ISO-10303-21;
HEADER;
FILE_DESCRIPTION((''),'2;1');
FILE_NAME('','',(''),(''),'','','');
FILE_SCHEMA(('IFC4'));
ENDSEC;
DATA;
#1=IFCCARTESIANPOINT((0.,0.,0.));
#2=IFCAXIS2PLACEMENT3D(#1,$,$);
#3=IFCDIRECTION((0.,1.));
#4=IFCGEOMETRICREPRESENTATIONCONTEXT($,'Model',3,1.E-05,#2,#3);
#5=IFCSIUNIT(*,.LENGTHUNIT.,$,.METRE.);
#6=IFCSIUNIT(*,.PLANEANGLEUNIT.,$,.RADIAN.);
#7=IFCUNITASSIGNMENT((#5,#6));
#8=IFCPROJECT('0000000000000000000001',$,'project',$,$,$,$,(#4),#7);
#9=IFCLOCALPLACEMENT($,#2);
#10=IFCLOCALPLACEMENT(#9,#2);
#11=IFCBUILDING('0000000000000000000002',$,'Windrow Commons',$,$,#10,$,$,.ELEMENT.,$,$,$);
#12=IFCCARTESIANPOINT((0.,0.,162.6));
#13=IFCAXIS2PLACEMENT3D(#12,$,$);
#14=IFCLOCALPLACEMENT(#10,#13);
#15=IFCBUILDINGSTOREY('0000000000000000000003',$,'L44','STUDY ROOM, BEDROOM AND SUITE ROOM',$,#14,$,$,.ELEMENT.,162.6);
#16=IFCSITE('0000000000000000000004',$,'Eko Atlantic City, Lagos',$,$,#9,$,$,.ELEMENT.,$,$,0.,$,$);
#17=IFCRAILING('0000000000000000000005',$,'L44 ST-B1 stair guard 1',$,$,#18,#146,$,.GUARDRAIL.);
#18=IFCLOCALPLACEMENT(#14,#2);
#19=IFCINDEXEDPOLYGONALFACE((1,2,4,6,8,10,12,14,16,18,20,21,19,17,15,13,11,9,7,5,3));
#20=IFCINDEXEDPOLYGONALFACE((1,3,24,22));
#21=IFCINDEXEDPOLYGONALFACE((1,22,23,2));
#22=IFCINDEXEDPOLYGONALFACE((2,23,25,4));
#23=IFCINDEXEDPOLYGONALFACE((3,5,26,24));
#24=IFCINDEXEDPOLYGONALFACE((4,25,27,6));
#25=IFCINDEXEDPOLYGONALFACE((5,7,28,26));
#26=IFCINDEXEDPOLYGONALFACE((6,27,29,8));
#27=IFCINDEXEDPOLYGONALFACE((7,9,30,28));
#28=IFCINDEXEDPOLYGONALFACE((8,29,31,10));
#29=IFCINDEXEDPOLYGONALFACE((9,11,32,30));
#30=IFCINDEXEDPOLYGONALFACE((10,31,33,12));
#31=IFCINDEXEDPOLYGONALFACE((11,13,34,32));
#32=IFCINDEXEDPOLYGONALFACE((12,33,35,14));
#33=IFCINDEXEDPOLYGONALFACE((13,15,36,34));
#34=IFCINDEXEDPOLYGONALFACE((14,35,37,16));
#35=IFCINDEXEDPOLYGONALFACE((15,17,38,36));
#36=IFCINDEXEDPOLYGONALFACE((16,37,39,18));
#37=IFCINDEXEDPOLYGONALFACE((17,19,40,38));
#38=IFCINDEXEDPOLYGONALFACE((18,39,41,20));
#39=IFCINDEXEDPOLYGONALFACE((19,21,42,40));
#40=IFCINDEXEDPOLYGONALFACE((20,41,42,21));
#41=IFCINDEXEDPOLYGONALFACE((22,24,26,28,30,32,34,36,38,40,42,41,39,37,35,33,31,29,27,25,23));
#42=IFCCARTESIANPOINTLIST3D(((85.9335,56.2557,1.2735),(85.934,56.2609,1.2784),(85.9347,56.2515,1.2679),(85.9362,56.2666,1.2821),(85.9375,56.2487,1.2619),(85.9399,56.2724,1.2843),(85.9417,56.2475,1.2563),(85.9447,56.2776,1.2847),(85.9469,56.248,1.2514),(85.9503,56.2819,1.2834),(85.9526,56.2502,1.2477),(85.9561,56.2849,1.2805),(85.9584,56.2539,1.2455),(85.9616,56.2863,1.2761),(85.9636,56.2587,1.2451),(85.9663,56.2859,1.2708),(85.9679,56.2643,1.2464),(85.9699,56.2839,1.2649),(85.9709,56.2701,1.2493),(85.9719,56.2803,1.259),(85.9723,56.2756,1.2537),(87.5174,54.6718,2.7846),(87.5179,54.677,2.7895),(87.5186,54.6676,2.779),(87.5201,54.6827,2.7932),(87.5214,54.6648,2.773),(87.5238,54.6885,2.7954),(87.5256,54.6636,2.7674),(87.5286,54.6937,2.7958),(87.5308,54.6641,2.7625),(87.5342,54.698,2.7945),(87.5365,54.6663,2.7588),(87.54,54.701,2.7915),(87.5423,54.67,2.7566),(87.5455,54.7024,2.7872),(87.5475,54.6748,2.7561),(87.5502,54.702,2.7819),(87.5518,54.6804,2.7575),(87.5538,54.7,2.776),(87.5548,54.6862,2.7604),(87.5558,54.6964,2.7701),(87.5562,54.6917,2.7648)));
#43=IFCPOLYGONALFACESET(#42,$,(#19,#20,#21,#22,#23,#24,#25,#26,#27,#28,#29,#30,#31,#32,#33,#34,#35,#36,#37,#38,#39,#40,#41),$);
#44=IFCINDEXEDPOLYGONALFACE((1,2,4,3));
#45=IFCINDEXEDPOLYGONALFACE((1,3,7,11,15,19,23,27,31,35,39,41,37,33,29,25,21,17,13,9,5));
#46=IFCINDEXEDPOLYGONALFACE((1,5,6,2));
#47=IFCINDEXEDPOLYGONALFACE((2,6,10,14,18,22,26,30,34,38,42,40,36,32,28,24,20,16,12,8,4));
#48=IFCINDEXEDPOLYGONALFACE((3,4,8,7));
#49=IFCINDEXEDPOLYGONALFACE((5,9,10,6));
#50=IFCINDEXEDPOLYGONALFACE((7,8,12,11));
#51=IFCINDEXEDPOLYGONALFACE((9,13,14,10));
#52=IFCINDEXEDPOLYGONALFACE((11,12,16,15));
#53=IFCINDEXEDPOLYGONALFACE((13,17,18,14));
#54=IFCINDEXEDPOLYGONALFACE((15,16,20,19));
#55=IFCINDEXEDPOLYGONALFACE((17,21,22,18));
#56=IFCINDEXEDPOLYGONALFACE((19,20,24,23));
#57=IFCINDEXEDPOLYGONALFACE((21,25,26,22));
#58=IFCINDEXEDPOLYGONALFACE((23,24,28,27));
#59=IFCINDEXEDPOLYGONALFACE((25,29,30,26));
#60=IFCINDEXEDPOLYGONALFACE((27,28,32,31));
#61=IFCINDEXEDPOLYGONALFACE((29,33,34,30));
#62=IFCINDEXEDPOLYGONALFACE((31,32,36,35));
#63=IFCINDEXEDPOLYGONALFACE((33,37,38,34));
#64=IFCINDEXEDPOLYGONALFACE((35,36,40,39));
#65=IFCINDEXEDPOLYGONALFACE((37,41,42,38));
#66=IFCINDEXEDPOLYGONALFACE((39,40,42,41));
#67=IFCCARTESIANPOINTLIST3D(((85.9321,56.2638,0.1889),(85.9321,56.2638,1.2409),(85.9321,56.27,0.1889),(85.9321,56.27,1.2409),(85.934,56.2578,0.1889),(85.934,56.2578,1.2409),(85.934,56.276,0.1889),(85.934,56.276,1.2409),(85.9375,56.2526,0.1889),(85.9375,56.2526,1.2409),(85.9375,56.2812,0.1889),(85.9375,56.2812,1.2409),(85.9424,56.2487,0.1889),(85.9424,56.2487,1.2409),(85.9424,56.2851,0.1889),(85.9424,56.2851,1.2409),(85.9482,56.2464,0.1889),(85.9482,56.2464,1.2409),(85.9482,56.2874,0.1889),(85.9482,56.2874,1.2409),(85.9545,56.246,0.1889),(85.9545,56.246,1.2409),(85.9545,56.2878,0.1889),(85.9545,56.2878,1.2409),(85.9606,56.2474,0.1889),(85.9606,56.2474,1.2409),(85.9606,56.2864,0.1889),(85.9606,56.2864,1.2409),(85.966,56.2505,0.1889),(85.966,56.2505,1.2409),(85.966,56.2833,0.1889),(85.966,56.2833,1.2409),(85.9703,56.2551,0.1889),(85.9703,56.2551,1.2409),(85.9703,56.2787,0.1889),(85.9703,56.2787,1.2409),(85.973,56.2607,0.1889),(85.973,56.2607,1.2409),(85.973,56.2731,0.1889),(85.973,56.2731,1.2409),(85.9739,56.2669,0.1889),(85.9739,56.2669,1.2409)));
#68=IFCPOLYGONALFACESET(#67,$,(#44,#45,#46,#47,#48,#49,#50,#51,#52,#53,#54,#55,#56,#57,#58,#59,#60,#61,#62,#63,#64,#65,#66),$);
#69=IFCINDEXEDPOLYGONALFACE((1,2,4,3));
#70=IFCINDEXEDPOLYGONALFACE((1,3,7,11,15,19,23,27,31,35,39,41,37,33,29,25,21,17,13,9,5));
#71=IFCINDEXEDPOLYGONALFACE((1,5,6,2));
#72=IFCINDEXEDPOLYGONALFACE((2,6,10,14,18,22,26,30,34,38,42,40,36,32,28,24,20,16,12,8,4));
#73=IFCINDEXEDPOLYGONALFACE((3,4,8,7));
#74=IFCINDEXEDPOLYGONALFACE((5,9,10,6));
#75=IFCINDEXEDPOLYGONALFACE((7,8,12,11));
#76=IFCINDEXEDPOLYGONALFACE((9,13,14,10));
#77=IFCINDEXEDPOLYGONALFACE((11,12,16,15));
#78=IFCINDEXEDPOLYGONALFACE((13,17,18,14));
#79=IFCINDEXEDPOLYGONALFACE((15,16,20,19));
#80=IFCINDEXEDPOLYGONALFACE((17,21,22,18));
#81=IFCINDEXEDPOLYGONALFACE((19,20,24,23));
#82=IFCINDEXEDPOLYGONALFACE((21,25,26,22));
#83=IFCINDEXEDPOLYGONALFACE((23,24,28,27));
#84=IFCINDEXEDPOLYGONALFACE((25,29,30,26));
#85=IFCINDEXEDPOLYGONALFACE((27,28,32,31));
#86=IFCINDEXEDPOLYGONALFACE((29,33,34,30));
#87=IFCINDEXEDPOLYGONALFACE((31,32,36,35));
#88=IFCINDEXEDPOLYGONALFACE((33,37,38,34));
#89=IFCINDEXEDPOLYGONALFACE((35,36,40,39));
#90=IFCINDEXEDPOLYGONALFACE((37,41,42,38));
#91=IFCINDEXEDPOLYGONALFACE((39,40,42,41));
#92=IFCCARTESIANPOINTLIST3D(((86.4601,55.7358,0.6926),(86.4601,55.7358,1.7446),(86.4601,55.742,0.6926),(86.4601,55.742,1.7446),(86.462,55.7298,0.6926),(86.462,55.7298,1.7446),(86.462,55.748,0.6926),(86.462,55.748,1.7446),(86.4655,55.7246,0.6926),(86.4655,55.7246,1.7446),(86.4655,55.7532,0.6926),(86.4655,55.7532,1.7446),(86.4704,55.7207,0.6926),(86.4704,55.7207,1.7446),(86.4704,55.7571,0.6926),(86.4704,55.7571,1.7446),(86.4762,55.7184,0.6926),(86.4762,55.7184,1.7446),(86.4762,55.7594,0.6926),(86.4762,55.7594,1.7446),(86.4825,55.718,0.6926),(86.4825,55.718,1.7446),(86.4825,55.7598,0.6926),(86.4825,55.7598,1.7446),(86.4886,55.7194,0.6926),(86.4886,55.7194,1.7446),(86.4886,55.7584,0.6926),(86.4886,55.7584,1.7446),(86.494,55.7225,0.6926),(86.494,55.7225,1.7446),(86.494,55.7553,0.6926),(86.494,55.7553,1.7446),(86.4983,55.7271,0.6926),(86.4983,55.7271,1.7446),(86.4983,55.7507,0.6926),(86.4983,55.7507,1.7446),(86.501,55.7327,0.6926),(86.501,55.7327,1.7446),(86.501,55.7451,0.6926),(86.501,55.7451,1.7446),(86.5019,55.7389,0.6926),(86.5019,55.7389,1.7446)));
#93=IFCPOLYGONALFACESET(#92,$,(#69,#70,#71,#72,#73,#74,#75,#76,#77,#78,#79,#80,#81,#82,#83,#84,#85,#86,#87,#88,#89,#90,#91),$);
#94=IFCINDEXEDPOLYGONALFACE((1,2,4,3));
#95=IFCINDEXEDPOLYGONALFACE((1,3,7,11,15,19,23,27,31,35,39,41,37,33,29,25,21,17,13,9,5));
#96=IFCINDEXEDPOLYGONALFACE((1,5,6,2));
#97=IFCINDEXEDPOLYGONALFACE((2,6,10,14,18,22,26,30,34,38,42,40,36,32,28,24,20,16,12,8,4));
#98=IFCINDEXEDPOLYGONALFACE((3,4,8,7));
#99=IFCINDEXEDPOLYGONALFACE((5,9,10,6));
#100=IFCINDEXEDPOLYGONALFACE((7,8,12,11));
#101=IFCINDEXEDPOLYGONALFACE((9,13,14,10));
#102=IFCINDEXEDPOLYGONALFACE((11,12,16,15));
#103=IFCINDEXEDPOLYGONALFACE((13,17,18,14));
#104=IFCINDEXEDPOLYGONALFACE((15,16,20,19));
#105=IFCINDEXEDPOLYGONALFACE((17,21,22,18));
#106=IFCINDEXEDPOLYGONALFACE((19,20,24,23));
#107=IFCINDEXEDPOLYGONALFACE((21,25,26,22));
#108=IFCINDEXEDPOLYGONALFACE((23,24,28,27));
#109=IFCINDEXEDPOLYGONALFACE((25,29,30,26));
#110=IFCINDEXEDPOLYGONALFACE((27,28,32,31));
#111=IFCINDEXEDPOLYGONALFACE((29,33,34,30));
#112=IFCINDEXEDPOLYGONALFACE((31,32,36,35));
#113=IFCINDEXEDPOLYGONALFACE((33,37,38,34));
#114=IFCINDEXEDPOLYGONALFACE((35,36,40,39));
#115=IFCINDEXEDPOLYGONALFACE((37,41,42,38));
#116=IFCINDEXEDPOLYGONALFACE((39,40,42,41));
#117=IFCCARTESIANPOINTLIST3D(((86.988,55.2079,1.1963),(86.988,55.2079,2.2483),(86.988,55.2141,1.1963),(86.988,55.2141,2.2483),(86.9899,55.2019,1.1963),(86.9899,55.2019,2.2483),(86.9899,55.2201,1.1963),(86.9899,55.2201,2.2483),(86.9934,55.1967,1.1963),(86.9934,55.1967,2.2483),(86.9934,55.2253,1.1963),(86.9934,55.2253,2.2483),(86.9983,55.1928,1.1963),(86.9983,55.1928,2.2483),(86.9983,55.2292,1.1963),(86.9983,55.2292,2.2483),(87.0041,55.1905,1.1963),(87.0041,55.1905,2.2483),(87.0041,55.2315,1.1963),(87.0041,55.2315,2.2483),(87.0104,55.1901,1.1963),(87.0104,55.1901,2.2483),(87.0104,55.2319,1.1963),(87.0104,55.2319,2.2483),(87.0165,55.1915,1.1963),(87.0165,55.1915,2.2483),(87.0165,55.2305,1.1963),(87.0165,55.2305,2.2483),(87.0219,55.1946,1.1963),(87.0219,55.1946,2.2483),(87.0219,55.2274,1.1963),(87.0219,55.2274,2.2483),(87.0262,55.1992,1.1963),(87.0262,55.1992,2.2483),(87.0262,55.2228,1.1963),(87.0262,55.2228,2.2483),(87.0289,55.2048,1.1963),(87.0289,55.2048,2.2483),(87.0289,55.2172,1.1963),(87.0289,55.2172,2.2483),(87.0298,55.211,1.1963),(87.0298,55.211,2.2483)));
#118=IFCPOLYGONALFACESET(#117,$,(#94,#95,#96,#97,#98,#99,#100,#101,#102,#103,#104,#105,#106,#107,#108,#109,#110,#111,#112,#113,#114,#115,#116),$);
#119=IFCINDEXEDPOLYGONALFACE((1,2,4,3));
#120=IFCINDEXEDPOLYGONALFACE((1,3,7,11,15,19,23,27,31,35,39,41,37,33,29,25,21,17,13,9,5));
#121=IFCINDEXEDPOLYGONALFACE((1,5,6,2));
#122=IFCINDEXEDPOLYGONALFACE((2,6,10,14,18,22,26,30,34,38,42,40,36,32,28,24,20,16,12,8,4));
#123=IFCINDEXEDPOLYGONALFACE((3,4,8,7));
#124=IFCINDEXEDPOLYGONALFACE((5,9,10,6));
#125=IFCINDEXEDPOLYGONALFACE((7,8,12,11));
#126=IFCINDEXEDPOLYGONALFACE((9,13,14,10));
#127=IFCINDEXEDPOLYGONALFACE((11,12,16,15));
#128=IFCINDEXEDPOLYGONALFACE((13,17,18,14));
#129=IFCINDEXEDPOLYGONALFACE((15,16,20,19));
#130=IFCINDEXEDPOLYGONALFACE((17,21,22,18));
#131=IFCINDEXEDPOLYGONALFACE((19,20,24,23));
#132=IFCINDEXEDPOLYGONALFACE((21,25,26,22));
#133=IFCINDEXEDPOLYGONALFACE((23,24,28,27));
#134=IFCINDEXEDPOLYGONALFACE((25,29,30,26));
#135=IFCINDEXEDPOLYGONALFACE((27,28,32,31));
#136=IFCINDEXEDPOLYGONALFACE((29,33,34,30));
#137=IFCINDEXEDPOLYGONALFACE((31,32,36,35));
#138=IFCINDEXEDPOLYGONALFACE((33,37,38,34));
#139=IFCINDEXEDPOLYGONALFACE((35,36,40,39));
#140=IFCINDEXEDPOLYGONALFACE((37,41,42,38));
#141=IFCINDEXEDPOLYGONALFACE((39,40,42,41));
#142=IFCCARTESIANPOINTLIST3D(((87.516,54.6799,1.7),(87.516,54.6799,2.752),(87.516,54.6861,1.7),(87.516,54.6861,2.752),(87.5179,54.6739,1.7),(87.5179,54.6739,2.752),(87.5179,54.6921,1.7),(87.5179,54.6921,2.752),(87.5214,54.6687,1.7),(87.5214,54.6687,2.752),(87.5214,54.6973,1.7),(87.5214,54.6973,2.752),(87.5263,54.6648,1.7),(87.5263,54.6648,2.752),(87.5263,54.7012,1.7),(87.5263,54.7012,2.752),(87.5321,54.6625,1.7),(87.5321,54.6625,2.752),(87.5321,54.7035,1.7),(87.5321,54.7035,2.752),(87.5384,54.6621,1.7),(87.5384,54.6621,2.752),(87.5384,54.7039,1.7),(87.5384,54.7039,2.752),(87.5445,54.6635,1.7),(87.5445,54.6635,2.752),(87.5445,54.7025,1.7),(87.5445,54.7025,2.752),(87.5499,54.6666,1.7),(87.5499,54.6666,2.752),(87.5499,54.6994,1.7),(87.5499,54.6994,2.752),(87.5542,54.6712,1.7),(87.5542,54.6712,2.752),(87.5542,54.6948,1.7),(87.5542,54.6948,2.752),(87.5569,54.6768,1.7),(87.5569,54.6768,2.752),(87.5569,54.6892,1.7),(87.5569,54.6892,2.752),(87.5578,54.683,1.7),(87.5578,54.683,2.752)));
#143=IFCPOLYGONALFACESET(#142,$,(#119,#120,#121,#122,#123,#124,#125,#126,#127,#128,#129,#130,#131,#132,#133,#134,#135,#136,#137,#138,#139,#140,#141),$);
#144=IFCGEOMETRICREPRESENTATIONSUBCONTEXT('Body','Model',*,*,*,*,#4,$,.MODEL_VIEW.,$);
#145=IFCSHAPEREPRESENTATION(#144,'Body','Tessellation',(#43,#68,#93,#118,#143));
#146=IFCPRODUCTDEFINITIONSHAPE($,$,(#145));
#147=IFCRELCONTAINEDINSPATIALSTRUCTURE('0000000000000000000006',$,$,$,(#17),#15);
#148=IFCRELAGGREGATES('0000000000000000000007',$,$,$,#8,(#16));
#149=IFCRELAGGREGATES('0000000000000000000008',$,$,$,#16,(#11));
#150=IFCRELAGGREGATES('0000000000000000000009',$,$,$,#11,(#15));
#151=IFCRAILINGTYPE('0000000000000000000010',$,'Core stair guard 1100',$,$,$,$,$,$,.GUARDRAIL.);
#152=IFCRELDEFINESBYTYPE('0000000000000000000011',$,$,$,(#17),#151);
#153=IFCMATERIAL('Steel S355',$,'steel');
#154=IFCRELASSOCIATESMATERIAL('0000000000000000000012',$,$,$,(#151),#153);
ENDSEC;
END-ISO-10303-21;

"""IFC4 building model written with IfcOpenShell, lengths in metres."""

from ifc_helpers import new_model, si_unit, direction, frame, origin, origin_2d, place, context, subcontext, project, spatial, circle, extrude, material, type_object, element, save


model = new_model("IFC4")

# Units and contexts
model_context = context("Model", 3, precision=1e-05, world=origin(), true_north=direction((0.0, 1.0)))
body_context = subcontext(model_context, "Body", "Model", "MODEL_VIEW")
ifc_project = project(units=[si_unit("LENGTHUNIT", "METRE"), si_unit("PLANEANGLEUNIT", "RADIAN")], contexts=[model_context])

# Site, building, storey
site_placement = place(None, origin())
site = spatial("IfcSite", under=ifc_project, at=site_placement, Name="Eko Atlantic City, Lagos", CompositionType="ELEMENT", RefElevation=0.0)
building_placement = place(site_placement, origin())
building = spatial("IfcBuilding", under=site, at=building_placement, Name="Windrow Commons", CompositionType="ELEMENT")
storey_placement = place(building_placement, frame((0.0, 0.0, 162.6)))
storey = spatial("IfcBuildingStorey", under=building, at=storey_placement, Name="L44", Description="STUDY ROOM, BEDROOM AND SUITE ROOM", CompositionType="ELEMENT", Elevation=162.6)

# Railing
ifc_material_1 = material(Name="Steel S355", Category="steel")
railing_type_1 = type_object("IfcRailingType", Name="Core stair guard 1100", PredefinedType="GUARDRAIL", material=ifc_material_1)
railing_1_placement = place(storey_placement, frame((85.9529, 56.2669, 0.1889)))
element("IfcRailing", 1, at=railing_1_placement, inside=storey, type_object=railing_type_1, Name="L44 ST-B1 stair guard 1", PredefinedType="GUARDRAIL", context=body_context, shape_type="SweptSolid", body=[
    extrude(circle(Radius=0.024, at=origin_2d()), frame((0.0, 0.0, 1.076), z_axis=(0.586191, -0.586191, 0.559249), x_axis=(0.707107, 0.707107, 0.0)), (0.0, 0.0, 1.0), 2.702),
    extrude(circle(Radius=0.021, at=origin_2d()), origin(), (0.0, 0.0, 1.0), 1.052),
    extrude(circle(Radius=0.021, at=origin_2d()), frame((0.528, -0.528, 0.5037)), (0.0, 0.0, 1.0), 1.052),
    extrude(circle(Radius=0.021, at=origin_2d()), frame((1.0559, -1.0559, 1.0074)), (0.0, 0.0, 1.0), 1.052),
    extrude(circle(Radius=0.021, at=origin_2d()), frame((1.5839, -1.5839, 1.5111)), (0.0, 0.0, 1.0), 1.052),
])

save(model, "model.ifc")
